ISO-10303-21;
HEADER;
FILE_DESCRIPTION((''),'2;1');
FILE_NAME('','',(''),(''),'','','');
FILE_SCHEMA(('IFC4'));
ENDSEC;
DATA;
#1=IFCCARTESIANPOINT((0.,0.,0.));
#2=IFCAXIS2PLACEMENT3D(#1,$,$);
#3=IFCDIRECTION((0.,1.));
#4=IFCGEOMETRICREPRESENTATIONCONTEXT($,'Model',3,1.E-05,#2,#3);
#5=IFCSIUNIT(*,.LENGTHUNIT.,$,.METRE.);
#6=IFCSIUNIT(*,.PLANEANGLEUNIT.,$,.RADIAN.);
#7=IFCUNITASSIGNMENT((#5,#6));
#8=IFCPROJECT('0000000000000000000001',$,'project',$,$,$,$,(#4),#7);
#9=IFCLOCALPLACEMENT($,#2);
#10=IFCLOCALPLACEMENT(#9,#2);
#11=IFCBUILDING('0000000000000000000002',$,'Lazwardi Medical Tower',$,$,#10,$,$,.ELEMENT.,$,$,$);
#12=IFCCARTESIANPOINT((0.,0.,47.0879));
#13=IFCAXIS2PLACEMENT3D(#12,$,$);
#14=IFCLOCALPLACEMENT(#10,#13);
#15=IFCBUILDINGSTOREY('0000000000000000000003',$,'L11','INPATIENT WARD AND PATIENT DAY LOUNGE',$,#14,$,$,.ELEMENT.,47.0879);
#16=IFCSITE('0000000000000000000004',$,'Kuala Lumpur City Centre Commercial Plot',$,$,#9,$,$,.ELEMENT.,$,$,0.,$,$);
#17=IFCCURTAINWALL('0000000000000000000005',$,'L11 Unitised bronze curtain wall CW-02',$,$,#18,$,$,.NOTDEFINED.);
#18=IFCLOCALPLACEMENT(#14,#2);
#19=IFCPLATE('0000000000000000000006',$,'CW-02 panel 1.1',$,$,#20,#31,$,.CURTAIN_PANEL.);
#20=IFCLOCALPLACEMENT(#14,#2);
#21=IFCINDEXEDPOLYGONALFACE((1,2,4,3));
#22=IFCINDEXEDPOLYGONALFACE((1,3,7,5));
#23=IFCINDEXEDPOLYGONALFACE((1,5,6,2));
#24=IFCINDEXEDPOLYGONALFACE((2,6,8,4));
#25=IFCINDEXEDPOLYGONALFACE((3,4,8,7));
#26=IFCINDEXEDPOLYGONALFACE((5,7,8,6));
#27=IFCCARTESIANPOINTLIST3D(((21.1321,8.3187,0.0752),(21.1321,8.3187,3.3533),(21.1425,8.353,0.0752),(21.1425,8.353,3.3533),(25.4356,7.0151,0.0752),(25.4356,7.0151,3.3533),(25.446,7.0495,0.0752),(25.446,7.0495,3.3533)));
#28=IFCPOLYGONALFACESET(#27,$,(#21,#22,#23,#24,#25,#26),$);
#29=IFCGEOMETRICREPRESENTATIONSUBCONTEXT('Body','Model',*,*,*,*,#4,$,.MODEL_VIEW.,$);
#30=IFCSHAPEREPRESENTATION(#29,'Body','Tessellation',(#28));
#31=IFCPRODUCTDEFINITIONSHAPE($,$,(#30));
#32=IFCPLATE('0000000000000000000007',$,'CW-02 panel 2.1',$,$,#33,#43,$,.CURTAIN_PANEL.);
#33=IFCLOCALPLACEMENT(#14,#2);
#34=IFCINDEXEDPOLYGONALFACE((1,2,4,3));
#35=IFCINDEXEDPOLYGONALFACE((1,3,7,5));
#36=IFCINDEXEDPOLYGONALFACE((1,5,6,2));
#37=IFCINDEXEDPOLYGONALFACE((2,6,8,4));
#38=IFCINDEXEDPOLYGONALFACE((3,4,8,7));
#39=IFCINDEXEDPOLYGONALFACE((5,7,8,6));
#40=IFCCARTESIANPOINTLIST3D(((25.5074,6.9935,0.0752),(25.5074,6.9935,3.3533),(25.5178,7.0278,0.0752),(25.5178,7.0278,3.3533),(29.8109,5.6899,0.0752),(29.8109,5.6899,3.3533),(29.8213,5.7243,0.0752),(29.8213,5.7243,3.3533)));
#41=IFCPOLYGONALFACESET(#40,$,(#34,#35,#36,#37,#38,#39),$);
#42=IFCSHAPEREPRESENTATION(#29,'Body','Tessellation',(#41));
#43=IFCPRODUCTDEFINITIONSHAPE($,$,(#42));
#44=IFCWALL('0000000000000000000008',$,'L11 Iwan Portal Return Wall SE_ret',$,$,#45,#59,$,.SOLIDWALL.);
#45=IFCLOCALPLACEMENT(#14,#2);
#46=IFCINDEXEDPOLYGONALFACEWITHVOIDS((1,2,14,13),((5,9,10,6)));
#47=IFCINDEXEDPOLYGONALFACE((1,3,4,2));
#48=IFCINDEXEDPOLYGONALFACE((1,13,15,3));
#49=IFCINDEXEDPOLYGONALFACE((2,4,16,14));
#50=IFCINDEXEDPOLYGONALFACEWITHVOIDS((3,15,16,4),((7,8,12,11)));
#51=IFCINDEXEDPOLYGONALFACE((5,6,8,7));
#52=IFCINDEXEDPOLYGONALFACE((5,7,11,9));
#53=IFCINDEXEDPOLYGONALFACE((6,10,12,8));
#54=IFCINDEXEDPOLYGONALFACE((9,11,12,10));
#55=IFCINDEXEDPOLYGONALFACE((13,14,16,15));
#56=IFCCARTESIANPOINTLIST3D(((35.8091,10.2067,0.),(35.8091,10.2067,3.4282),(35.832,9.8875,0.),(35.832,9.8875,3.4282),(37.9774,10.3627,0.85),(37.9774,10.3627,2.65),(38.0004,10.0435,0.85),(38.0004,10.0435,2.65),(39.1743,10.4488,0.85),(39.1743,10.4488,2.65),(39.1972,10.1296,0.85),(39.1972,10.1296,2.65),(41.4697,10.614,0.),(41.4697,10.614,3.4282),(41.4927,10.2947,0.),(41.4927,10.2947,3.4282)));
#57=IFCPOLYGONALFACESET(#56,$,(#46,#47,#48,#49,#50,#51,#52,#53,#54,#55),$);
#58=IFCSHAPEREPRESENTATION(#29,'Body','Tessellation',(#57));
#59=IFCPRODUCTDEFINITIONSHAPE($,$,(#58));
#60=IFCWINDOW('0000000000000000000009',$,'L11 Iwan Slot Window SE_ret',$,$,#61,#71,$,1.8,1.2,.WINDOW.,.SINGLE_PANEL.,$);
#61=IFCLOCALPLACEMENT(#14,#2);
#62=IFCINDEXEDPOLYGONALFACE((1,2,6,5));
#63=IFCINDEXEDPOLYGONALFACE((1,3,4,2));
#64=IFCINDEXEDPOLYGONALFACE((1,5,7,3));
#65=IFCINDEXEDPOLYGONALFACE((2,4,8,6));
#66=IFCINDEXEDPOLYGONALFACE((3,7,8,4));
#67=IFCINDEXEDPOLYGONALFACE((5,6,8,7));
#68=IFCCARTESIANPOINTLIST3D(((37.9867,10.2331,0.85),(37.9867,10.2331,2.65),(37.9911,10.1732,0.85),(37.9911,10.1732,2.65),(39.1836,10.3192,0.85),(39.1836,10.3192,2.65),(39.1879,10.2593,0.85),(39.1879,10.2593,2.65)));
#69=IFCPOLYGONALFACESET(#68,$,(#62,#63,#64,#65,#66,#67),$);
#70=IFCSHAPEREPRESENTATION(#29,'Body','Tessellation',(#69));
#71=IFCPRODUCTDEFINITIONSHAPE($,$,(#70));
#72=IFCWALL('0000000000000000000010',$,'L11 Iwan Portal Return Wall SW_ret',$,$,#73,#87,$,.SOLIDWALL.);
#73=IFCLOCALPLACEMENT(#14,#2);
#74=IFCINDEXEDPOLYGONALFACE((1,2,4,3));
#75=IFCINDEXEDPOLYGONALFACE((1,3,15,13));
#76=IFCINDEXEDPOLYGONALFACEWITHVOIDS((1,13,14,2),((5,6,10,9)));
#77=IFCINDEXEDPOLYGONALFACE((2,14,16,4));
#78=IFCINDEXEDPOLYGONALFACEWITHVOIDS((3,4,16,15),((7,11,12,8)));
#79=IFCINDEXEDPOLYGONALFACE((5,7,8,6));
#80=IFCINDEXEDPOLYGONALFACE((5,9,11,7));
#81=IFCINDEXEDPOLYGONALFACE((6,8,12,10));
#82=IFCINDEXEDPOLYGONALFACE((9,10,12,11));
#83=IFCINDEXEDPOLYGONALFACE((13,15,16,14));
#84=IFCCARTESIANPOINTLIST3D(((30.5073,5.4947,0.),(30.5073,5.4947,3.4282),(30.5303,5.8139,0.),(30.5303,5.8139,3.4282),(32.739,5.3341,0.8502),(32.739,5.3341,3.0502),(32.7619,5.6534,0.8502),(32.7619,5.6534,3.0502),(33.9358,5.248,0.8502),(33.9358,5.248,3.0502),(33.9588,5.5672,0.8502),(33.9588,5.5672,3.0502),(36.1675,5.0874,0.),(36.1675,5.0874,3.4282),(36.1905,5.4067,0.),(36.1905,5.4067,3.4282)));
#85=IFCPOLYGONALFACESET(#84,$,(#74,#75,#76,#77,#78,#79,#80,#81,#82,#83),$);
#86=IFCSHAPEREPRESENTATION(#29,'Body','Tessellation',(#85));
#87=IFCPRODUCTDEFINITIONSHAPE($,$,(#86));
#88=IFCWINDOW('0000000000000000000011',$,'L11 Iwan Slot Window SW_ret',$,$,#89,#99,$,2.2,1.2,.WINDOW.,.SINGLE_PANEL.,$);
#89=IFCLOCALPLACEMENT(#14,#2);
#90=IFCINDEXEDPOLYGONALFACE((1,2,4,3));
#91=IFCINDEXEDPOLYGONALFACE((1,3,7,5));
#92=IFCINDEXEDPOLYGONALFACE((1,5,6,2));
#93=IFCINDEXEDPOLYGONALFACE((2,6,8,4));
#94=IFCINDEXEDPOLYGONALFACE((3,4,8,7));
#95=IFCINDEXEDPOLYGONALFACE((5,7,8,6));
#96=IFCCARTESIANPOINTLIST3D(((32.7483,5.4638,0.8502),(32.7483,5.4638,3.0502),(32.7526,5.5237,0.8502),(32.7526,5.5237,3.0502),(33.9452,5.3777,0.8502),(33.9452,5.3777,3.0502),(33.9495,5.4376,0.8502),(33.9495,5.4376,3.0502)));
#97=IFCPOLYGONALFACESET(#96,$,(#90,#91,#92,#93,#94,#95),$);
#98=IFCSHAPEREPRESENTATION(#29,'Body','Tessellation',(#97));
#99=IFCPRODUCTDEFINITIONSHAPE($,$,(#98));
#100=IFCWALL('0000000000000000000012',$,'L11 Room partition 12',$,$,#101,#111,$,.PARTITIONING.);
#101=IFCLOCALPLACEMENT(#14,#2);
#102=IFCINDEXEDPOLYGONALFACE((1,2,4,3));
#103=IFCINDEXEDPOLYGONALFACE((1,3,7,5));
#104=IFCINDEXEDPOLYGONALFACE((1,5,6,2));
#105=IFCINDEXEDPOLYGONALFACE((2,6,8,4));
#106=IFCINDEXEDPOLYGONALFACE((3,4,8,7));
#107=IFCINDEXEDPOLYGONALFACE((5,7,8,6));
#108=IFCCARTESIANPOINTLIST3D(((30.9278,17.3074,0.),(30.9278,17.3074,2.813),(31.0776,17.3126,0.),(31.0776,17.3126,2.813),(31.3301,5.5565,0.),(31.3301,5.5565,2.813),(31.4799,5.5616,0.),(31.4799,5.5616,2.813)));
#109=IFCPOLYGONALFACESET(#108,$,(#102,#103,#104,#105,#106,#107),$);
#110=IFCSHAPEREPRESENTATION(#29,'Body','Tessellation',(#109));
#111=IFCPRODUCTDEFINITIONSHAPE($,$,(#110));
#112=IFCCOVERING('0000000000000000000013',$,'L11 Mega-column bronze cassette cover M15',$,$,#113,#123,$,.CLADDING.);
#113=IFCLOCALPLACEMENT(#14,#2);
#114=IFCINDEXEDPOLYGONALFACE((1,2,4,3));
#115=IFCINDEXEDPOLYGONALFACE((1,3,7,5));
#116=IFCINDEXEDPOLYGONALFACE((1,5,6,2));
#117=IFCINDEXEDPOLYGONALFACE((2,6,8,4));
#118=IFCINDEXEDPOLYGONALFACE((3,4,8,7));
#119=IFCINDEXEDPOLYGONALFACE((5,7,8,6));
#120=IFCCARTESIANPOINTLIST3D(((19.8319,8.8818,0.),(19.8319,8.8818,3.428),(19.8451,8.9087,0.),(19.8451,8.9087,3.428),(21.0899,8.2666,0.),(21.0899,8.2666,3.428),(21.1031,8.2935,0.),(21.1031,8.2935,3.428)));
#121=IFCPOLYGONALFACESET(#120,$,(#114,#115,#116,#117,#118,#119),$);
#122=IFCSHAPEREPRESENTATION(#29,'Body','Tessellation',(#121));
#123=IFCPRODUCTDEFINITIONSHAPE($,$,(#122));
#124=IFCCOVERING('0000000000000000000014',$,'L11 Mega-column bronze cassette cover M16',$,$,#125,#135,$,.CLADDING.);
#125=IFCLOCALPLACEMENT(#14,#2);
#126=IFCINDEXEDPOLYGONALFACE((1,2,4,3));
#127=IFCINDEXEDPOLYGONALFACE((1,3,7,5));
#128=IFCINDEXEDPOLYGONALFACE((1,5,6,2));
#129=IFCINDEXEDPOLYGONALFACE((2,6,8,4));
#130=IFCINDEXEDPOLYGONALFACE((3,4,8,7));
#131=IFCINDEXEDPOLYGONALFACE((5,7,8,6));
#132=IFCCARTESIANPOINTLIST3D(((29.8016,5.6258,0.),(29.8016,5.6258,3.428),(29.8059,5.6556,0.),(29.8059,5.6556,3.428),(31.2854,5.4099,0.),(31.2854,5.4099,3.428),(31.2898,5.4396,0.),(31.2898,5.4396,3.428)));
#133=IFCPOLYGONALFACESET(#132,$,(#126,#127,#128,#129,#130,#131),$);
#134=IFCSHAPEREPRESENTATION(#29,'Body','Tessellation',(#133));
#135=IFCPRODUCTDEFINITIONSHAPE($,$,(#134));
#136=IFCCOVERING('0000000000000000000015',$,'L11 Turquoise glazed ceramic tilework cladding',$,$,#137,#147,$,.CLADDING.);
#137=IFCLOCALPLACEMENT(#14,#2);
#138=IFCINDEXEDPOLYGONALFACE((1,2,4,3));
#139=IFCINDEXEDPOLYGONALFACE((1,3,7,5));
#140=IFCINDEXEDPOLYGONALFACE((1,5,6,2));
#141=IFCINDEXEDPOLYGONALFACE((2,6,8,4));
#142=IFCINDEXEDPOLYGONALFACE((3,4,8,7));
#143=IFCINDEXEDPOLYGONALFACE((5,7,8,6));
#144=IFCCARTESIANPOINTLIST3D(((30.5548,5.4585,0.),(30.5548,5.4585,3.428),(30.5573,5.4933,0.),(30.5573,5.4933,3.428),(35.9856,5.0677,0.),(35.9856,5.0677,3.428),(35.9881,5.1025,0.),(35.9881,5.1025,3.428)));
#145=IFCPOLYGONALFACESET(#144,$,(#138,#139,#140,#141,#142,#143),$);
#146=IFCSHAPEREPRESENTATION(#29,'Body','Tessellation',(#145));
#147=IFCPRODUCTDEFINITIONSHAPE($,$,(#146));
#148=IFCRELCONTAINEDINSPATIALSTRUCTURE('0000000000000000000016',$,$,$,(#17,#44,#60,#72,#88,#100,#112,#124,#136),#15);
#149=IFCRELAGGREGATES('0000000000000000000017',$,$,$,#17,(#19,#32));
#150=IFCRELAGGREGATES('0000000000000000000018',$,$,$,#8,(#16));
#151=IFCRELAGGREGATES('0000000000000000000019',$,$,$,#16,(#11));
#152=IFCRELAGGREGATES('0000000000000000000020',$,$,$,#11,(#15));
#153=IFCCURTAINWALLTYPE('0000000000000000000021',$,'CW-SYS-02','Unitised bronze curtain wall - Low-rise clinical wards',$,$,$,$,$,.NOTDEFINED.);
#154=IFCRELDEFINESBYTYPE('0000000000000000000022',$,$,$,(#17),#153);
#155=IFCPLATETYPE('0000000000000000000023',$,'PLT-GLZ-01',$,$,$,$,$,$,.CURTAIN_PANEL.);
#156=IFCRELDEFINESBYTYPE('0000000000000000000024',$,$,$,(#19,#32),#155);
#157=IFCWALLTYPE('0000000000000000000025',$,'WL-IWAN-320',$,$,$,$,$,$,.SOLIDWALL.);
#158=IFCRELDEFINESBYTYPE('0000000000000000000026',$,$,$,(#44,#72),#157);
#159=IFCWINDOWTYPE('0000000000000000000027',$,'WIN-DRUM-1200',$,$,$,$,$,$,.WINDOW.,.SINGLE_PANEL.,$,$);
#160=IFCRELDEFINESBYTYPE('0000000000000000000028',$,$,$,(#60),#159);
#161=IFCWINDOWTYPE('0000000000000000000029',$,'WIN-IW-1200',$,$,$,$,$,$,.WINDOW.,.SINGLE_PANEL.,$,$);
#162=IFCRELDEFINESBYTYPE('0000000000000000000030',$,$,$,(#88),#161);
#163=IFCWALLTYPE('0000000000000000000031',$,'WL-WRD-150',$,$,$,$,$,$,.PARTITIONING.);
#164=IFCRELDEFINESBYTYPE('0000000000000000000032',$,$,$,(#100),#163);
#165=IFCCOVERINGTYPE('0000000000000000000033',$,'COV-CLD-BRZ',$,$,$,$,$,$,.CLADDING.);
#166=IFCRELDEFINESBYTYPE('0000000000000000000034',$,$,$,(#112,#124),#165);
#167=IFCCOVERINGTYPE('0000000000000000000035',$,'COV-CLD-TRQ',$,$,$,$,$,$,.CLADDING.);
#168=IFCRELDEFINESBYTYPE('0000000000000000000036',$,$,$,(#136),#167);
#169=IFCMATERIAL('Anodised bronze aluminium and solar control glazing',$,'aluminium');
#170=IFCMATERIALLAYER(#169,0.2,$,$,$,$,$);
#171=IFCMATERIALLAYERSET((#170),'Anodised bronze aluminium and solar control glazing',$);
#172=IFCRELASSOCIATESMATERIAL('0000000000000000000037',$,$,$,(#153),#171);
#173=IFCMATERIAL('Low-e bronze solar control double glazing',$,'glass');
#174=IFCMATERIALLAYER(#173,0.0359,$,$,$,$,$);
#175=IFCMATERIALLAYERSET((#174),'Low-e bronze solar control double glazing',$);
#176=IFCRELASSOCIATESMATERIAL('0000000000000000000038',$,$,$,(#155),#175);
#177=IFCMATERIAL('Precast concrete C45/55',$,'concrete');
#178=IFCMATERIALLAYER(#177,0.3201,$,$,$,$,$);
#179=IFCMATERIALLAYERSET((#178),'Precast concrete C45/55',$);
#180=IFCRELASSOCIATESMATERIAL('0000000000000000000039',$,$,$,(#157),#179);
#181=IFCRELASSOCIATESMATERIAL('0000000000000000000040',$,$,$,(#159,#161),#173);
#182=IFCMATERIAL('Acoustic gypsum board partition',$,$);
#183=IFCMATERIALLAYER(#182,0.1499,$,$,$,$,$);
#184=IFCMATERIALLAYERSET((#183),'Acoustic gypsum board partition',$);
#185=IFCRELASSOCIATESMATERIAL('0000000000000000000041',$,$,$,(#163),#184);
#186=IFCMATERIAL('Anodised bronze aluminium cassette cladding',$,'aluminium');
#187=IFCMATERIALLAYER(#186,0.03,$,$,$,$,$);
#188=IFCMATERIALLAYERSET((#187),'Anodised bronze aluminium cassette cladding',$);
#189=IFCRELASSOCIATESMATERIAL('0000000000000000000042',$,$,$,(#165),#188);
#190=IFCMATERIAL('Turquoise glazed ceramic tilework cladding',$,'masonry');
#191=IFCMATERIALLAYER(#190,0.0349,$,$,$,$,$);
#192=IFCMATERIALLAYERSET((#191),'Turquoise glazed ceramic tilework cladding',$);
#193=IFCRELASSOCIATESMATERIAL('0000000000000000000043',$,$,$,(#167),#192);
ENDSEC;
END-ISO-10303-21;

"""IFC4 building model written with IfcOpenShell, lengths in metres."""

from ifc_helpers import new_model, si_unit, direction, frame, frame_2d, origin, origin_2d, place, context, subcontext, project, spatial, rectangle, extrude, material, layer, layer_set, type_object, element, fill, aggregate, save


model = new_model("IFC4")

# Units and contexts
model_context = context("Model", 3, precision=1e-05, world=origin(), true_north=direction((0.0, 1.0)))
body_context = subcontext(model_context, "Body", "Model", "MODEL_VIEW")
ifc_project = project(units=[si_unit("LENGTHUNIT", "METRE"), si_unit("PLANEANGLEUNIT", "RADIAN")], contexts=[model_context])

# Site, building, storey
site_placement = place(None, origin())
site = spatial("IfcSite", under=ifc_project, at=site_placement, Name="Kuala Lumpur City Centre Commercial Plot", CompositionType="ELEMENT", RefElevation=0.0)
building_placement = place(site_placement, origin())
building = spatial("IfcBuilding", under=site, at=building_placement, Name="Lazwardi Medical Tower", CompositionType="ELEMENT")
storey_placement = place(building_placement, frame((0.0, 0.0, 47.0879)))
storey = spatial("IfcBuildingStorey", under=building, at=storey_placement, Name="L11", Description="INPATIENT WARD AND PATIENT DAY LOUNGE", CompositionType="ELEMENT", Elevation=47.0879)

# Shared definitions
ifc_material_1 = material(Name="Anodised bronze aluminium and solar control glazing", Category="aluminium")
ifc_layer_1 = layer(ifc_material_1, 0.2)
ifc_layer_set_1 = layer_set([ifc_layer_1], Name="Anodised bronze aluminium and solar control glazing")
curtain_wall_type = type_object("IfcCurtainWallType", Name="CW-SYS-02", Description="Unitised bronze curtain wall - Low-rise clinical wards", PredefinedType="NOTDEFINED", material=ifc_layer_set_1)

# Curtain wall
curtain_wall_1_placement = place(storey_placement, origin())
curtain_wall_1 = element("IfcCurtainWall", 1, at=curtain_wall_1_placement, inside=storey, type_object=curtain_wall_type, Name="L11 Unitised bronze curtain wall CW-02", PredefinedType="NOTDEFINED")

# Plates
ifc_material_2 = material(Name="Low-e bronze solar control double glazing", Category="glass")
ifc_layer_2 = layer(ifc_material_2, 0.0359)
ifc_layer_set_2 = layer_set([ifc_layer_2], Name="Low-e bronze solar control double glazing")
plate_type = type_object("IfcPlateType", Name="PLT-GLZ-01", PredefinedType="CURTAIN_PANEL", material=ifc_layer_set_2)
plate_1_placement = place(storey_placement, frame((23.2891, 7.6841, 0.0752), z_axis=(0.0, 0.0, 1.0), x_axis=(0.957058, -0.289896, 0.0)))
plate_1 = element("IfcPlate", 2, at=plate_1_placement, type_object=plate_type, Name="CW-02 panel 1.1", PredefinedType="CURTAIN_PANEL", context=body_context, shape_type="SweptSolid", body=[
    extrude(rectangle(XDim=4.4966, YDim=0.0359, at=origin_2d()), origin(), (0.0, 0.0, 1.0), 3.2781),
])
plate_2_placement = place(storey_placement, frame((27.6643, 6.3589, 0.0752), z_axis=(0.0, 0.0, 1.0), x_axis=(0.957058, -0.289896, 0.0)))
plate_2 = element("IfcPlate", 3, at=plate_2_placement, type_object=plate_type, Name="CW-02 panel 2.1", PredefinedType="CURTAIN_PANEL", context=body_context, shape_type="SweptSolid", body=[
    extrude(rectangle(XDim=4.4966, YDim=0.0359, at=origin_2d()), origin(), (0.0, 0.0, 1.0), 3.2781),
])
aggregate(curtain_wall_1, [plate_1, plate_2])

# Walls, openings, windows
ifc_material_3 = material(Name="Precast concrete C45/55", Category="concrete")
ifc_layer_3 = layer(ifc_material_3, 0.3201)
ifc_layer_set_3 = layer_set([ifc_layer_3], Name="Precast concrete C45/55")
wall_type_1 = type_object("IfcWallType", Name="WL-IWAN-320", PredefinedType="SOLIDWALL", material=ifc_layer_set_3)
wall_1_placement = place(storey_placement, frame((35.8206, 10.0471, 0.0), z_axis=(0.0, 0.0, 1.0), x_axis=(0.997422, 0.071755, 0.0)))
wall_1 = element("IfcWall", 4, at=wall_1_placement, inside=storey, type_object=wall_type_1, Name="L11 Iwan Portal Return Wall SE_ret", PredefinedType="SOLIDWALL", context=body_context, shape_type="SweptSolid", body=[
    extrude(rectangle(XDim=5.6753, YDim=0.3201, at=frame_2d((2.8376, 0.0))), origin(), (0.0, 0.0, 1.0), 3.4282),
])
opening_1_placement = place(wall_1_placement, frame((2.1738, 0.0, 0.8501)))
opening_1 = element("IfcOpeningElement", 5, at=opening_1_placement, cuts=wall_1, PredefinedType="OPENING", context=body_context, shape_type="SweptSolid", body=[
    extrude(rectangle(XDim=1.2, YDim=1.8, at=frame_2d((0.6001, 0.8999))), frame((0.0, 0.1699, 0.0), z_axis=(0.0, -1.0, 0.0), x_axis=(1.0, 0.0, 0.0)), (0.0, 0.0, 1.0), 0.3401),
])
window_type_1 = type_object("IfcWindowType", Name="WIN-DRUM-1200", PartitioningType="SINGLE_PANEL", PredefinedType="WINDOW", material=ifc_material_2)
window_1_placement = place(opening_1_placement, origin())
window_1 = element("IfcWindow", 6, at=window_1_placement, inside=storey, type_object=window_type_1, Name="L11 Iwan Slot Window SE_ret", OverallHeight=1.8, OverallWidth=1.2, PartitioningType="SINGLE_PANEL", PredefinedType="WINDOW", context=body_context, shape_type="SweptSolid", body=[
    extrude(rectangle(XDim=1.2, YDim=1.8, at=frame_2d((0.6001, 0.8999))), frame((0.0, 0.03, 0.0), z_axis=(0.0, -1.0, 0.0), x_axis=(1.0, 0.0, 0.0)), (0.0, 0.0, 1.0), 0.0601),
])
fill(opening_1, window_1)
wall_2_placement = place(storey_placement, frame((30.5188, 5.6543, 0.0), z_axis=(0.0, 0.0, 1.0), x_axis=(0.997422, -0.071761, 0.0)))
wall_2 = element("IfcWall", 7, at=wall_2_placement, inside=storey, type_object=wall_type_1, Name="L11 Iwan Portal Return Wall SW_ret", PredefinedType="SOLIDWALL", context=body_context, shape_type="SweptSolid", body=[
    extrude(rectangle(XDim=5.6748, YDim=0.3201, at=frame_2d((2.8374, 0.0))), origin(), (0.0, 0.0, 1.0), 3.4282),
])
opening_2_placement = place(wall_2_placement, frame((2.2373, 0.0, 0.8501)))
opening_2 = element("IfcOpeningElement", 8, at=opening_2_placement, cuts=wall_2, PredefinedType="OPENING", context=body_context, shape_type="SweptSolid", body=[
    extrude(rectangle(XDim=1.2, YDim=2.2, at=frame_2d((0.6001, 1.1001))), frame((0.0, 0.1699, 0.0), z_axis=(0.0, -1.0, 0.0), x_axis=(1.0, 0.0, 0.0)), (0.0, 0.0, 1.0), 0.3401),
])
window_type_2 = type_object("IfcWindowType", Name="WIN-IW-1200", PartitioningType="SINGLE_PANEL", PredefinedType="WINDOW", material=ifc_material_2)
window_2_placement = place(opening_2_placement, origin())
window_2 = element("IfcWindow", 9, at=window_2_placement, inside=storey, type_object=window_type_2, Name="L11 Iwan Slot Window SW_ret", OverallHeight=2.2, OverallWidth=1.2, PartitioningType="SINGLE_PANEL", PredefinedType="WINDOW", context=body_context, shape_type="SweptSolid", body=[
    extrude(rectangle(XDim=1.2, YDim=2.2, at=frame_2d((0.6001, 1.1001))), frame((0.0, 0.03, 0.0), z_axis=(0.0, -1.0, 0.0), x_axis=(1.0, 0.0, 0.0)), (0.0, 0.0, 1.0), 0.0601),
])
fill(opening_2, window_2)

# Wall
ifc_material_4 = material(Name="Acoustic gypsum board partition")
ifc_layer_4 = layer(ifc_material_4, 0.1499)
ifc_layer_set_4 = layer_set([ifc_layer_4], Name="Acoustic gypsum board partition")
wall_type_2 = type_object("IfcWallType", Name="WL-WRD-150", PredefinedType="PARTITIONING", material=ifc_layer_set_4)
wall_3_placement = place(storey_placement, frame((31.405, 5.5591, 0.0), z_axis=(0.0, 0.0, 1.0), x_axis=(-0.034219, 0.999414, 0.0)))
element("IfcWall", 10, at=wall_3_placement, inside=storey, type_object=wall_type_2, Name="L11 Room partition 12", PredefinedType="PARTITIONING", context=body_context, shape_type="SweptSolid", body=[
    extrude(rectangle(XDim=11.7578, YDim=0.1499, at=frame_2d((5.8789, 0.0))), origin(), (0.0, 0.0, 1.0), 2.813),
])

# Coverings
ifc_material_5 = material(Name="Anodised bronze aluminium cassette cladding", Category="aluminium")
ifc_layer_5 = layer(ifc_material_5, 0.03)
ifc_layer_set_5 = layer_set([ifc_layer_5], Name="Anodised bronze aluminium cassette cladding")
covering_type_1 = type_object("IfcCoveringType", Name="COV-CLD-BRZ", PredefinedType="CLADDING", material=ifc_layer_set_5)
covering_1_placement = place(storey_placement, frame((20.4675, 8.5876, 0.0), z_axis=(0.0, 0.0, 1.0), x_axis=(0.898334, -0.439312, 0.0)))
element("IfcCovering", 11, at=covering_1_placement, inside=storey, type_object=covering_type_1, Name="L11 Mega-column bronze cassette cover M15", PredefinedType="CLADDING", context=body_context, shape_type="SweptSolid", body=[
    extrude(rectangle(XDim=1.4004, YDim=0.03, at=origin_2d()), origin(), (0.0, 0.0, 1.0), 3.428),
])
covering_2_placement = place(storey_placement, frame((30.5457, 5.5327, 0.0), z_axis=(0.0, 0.0, 1.0), x_axis=(0.989573, -0.144035, 0.0)))
element("IfcCovering", 12, at=covering_2_placement, inside=storey, type_object=covering_type_1, Name="L11 Mega-column bronze cassette cover M16", PredefinedType="CLADDING", context=body_context, shape_type="SweptSolid", body=[
    extrude(rectangle(XDim=1.4995, YDim=0.03, at=origin_2d()), origin(), (0.0, 0.0, 1.0), 3.428),
])
ifc_material_6 = material(Name="Turquoise glazed ceramic tilework cladding", Category="masonry")
ifc_layer_6 = layer(ifc_material_6, 0.0349)
ifc_layer_set_6 = layer_set([ifc_layer_6], Name="Turquoise glazed ceramic tilework cladding")
covering_type_2 = type_object("IfcCoveringType", Name="COV-CLD-TRQ", PredefinedType="CLADDING", material=ifc_layer_set_6)
covering_3_placement = place(storey_placement, frame((33.2715, 5.2805, 0.0), z_axis=(0.0, 0.0, 1.0), x_axis=(0.997421, -0.071774, 0.0)))
element("IfcCovering", 13, at=covering_3_placement, inside=storey, type_object=covering_type_2, Name="L11 Turquoise glazed ceramic tilework cladding", PredefinedType="CLADDING", context=body_context, shape_type="SweptSolid", body=[
    extrude(rectangle(XDim=5.4448, YDim=0.0349, at=origin_2d()), origin(), (0.0, 0.0, 1.0), 3.428),
])

save(model, "model.ifc")
